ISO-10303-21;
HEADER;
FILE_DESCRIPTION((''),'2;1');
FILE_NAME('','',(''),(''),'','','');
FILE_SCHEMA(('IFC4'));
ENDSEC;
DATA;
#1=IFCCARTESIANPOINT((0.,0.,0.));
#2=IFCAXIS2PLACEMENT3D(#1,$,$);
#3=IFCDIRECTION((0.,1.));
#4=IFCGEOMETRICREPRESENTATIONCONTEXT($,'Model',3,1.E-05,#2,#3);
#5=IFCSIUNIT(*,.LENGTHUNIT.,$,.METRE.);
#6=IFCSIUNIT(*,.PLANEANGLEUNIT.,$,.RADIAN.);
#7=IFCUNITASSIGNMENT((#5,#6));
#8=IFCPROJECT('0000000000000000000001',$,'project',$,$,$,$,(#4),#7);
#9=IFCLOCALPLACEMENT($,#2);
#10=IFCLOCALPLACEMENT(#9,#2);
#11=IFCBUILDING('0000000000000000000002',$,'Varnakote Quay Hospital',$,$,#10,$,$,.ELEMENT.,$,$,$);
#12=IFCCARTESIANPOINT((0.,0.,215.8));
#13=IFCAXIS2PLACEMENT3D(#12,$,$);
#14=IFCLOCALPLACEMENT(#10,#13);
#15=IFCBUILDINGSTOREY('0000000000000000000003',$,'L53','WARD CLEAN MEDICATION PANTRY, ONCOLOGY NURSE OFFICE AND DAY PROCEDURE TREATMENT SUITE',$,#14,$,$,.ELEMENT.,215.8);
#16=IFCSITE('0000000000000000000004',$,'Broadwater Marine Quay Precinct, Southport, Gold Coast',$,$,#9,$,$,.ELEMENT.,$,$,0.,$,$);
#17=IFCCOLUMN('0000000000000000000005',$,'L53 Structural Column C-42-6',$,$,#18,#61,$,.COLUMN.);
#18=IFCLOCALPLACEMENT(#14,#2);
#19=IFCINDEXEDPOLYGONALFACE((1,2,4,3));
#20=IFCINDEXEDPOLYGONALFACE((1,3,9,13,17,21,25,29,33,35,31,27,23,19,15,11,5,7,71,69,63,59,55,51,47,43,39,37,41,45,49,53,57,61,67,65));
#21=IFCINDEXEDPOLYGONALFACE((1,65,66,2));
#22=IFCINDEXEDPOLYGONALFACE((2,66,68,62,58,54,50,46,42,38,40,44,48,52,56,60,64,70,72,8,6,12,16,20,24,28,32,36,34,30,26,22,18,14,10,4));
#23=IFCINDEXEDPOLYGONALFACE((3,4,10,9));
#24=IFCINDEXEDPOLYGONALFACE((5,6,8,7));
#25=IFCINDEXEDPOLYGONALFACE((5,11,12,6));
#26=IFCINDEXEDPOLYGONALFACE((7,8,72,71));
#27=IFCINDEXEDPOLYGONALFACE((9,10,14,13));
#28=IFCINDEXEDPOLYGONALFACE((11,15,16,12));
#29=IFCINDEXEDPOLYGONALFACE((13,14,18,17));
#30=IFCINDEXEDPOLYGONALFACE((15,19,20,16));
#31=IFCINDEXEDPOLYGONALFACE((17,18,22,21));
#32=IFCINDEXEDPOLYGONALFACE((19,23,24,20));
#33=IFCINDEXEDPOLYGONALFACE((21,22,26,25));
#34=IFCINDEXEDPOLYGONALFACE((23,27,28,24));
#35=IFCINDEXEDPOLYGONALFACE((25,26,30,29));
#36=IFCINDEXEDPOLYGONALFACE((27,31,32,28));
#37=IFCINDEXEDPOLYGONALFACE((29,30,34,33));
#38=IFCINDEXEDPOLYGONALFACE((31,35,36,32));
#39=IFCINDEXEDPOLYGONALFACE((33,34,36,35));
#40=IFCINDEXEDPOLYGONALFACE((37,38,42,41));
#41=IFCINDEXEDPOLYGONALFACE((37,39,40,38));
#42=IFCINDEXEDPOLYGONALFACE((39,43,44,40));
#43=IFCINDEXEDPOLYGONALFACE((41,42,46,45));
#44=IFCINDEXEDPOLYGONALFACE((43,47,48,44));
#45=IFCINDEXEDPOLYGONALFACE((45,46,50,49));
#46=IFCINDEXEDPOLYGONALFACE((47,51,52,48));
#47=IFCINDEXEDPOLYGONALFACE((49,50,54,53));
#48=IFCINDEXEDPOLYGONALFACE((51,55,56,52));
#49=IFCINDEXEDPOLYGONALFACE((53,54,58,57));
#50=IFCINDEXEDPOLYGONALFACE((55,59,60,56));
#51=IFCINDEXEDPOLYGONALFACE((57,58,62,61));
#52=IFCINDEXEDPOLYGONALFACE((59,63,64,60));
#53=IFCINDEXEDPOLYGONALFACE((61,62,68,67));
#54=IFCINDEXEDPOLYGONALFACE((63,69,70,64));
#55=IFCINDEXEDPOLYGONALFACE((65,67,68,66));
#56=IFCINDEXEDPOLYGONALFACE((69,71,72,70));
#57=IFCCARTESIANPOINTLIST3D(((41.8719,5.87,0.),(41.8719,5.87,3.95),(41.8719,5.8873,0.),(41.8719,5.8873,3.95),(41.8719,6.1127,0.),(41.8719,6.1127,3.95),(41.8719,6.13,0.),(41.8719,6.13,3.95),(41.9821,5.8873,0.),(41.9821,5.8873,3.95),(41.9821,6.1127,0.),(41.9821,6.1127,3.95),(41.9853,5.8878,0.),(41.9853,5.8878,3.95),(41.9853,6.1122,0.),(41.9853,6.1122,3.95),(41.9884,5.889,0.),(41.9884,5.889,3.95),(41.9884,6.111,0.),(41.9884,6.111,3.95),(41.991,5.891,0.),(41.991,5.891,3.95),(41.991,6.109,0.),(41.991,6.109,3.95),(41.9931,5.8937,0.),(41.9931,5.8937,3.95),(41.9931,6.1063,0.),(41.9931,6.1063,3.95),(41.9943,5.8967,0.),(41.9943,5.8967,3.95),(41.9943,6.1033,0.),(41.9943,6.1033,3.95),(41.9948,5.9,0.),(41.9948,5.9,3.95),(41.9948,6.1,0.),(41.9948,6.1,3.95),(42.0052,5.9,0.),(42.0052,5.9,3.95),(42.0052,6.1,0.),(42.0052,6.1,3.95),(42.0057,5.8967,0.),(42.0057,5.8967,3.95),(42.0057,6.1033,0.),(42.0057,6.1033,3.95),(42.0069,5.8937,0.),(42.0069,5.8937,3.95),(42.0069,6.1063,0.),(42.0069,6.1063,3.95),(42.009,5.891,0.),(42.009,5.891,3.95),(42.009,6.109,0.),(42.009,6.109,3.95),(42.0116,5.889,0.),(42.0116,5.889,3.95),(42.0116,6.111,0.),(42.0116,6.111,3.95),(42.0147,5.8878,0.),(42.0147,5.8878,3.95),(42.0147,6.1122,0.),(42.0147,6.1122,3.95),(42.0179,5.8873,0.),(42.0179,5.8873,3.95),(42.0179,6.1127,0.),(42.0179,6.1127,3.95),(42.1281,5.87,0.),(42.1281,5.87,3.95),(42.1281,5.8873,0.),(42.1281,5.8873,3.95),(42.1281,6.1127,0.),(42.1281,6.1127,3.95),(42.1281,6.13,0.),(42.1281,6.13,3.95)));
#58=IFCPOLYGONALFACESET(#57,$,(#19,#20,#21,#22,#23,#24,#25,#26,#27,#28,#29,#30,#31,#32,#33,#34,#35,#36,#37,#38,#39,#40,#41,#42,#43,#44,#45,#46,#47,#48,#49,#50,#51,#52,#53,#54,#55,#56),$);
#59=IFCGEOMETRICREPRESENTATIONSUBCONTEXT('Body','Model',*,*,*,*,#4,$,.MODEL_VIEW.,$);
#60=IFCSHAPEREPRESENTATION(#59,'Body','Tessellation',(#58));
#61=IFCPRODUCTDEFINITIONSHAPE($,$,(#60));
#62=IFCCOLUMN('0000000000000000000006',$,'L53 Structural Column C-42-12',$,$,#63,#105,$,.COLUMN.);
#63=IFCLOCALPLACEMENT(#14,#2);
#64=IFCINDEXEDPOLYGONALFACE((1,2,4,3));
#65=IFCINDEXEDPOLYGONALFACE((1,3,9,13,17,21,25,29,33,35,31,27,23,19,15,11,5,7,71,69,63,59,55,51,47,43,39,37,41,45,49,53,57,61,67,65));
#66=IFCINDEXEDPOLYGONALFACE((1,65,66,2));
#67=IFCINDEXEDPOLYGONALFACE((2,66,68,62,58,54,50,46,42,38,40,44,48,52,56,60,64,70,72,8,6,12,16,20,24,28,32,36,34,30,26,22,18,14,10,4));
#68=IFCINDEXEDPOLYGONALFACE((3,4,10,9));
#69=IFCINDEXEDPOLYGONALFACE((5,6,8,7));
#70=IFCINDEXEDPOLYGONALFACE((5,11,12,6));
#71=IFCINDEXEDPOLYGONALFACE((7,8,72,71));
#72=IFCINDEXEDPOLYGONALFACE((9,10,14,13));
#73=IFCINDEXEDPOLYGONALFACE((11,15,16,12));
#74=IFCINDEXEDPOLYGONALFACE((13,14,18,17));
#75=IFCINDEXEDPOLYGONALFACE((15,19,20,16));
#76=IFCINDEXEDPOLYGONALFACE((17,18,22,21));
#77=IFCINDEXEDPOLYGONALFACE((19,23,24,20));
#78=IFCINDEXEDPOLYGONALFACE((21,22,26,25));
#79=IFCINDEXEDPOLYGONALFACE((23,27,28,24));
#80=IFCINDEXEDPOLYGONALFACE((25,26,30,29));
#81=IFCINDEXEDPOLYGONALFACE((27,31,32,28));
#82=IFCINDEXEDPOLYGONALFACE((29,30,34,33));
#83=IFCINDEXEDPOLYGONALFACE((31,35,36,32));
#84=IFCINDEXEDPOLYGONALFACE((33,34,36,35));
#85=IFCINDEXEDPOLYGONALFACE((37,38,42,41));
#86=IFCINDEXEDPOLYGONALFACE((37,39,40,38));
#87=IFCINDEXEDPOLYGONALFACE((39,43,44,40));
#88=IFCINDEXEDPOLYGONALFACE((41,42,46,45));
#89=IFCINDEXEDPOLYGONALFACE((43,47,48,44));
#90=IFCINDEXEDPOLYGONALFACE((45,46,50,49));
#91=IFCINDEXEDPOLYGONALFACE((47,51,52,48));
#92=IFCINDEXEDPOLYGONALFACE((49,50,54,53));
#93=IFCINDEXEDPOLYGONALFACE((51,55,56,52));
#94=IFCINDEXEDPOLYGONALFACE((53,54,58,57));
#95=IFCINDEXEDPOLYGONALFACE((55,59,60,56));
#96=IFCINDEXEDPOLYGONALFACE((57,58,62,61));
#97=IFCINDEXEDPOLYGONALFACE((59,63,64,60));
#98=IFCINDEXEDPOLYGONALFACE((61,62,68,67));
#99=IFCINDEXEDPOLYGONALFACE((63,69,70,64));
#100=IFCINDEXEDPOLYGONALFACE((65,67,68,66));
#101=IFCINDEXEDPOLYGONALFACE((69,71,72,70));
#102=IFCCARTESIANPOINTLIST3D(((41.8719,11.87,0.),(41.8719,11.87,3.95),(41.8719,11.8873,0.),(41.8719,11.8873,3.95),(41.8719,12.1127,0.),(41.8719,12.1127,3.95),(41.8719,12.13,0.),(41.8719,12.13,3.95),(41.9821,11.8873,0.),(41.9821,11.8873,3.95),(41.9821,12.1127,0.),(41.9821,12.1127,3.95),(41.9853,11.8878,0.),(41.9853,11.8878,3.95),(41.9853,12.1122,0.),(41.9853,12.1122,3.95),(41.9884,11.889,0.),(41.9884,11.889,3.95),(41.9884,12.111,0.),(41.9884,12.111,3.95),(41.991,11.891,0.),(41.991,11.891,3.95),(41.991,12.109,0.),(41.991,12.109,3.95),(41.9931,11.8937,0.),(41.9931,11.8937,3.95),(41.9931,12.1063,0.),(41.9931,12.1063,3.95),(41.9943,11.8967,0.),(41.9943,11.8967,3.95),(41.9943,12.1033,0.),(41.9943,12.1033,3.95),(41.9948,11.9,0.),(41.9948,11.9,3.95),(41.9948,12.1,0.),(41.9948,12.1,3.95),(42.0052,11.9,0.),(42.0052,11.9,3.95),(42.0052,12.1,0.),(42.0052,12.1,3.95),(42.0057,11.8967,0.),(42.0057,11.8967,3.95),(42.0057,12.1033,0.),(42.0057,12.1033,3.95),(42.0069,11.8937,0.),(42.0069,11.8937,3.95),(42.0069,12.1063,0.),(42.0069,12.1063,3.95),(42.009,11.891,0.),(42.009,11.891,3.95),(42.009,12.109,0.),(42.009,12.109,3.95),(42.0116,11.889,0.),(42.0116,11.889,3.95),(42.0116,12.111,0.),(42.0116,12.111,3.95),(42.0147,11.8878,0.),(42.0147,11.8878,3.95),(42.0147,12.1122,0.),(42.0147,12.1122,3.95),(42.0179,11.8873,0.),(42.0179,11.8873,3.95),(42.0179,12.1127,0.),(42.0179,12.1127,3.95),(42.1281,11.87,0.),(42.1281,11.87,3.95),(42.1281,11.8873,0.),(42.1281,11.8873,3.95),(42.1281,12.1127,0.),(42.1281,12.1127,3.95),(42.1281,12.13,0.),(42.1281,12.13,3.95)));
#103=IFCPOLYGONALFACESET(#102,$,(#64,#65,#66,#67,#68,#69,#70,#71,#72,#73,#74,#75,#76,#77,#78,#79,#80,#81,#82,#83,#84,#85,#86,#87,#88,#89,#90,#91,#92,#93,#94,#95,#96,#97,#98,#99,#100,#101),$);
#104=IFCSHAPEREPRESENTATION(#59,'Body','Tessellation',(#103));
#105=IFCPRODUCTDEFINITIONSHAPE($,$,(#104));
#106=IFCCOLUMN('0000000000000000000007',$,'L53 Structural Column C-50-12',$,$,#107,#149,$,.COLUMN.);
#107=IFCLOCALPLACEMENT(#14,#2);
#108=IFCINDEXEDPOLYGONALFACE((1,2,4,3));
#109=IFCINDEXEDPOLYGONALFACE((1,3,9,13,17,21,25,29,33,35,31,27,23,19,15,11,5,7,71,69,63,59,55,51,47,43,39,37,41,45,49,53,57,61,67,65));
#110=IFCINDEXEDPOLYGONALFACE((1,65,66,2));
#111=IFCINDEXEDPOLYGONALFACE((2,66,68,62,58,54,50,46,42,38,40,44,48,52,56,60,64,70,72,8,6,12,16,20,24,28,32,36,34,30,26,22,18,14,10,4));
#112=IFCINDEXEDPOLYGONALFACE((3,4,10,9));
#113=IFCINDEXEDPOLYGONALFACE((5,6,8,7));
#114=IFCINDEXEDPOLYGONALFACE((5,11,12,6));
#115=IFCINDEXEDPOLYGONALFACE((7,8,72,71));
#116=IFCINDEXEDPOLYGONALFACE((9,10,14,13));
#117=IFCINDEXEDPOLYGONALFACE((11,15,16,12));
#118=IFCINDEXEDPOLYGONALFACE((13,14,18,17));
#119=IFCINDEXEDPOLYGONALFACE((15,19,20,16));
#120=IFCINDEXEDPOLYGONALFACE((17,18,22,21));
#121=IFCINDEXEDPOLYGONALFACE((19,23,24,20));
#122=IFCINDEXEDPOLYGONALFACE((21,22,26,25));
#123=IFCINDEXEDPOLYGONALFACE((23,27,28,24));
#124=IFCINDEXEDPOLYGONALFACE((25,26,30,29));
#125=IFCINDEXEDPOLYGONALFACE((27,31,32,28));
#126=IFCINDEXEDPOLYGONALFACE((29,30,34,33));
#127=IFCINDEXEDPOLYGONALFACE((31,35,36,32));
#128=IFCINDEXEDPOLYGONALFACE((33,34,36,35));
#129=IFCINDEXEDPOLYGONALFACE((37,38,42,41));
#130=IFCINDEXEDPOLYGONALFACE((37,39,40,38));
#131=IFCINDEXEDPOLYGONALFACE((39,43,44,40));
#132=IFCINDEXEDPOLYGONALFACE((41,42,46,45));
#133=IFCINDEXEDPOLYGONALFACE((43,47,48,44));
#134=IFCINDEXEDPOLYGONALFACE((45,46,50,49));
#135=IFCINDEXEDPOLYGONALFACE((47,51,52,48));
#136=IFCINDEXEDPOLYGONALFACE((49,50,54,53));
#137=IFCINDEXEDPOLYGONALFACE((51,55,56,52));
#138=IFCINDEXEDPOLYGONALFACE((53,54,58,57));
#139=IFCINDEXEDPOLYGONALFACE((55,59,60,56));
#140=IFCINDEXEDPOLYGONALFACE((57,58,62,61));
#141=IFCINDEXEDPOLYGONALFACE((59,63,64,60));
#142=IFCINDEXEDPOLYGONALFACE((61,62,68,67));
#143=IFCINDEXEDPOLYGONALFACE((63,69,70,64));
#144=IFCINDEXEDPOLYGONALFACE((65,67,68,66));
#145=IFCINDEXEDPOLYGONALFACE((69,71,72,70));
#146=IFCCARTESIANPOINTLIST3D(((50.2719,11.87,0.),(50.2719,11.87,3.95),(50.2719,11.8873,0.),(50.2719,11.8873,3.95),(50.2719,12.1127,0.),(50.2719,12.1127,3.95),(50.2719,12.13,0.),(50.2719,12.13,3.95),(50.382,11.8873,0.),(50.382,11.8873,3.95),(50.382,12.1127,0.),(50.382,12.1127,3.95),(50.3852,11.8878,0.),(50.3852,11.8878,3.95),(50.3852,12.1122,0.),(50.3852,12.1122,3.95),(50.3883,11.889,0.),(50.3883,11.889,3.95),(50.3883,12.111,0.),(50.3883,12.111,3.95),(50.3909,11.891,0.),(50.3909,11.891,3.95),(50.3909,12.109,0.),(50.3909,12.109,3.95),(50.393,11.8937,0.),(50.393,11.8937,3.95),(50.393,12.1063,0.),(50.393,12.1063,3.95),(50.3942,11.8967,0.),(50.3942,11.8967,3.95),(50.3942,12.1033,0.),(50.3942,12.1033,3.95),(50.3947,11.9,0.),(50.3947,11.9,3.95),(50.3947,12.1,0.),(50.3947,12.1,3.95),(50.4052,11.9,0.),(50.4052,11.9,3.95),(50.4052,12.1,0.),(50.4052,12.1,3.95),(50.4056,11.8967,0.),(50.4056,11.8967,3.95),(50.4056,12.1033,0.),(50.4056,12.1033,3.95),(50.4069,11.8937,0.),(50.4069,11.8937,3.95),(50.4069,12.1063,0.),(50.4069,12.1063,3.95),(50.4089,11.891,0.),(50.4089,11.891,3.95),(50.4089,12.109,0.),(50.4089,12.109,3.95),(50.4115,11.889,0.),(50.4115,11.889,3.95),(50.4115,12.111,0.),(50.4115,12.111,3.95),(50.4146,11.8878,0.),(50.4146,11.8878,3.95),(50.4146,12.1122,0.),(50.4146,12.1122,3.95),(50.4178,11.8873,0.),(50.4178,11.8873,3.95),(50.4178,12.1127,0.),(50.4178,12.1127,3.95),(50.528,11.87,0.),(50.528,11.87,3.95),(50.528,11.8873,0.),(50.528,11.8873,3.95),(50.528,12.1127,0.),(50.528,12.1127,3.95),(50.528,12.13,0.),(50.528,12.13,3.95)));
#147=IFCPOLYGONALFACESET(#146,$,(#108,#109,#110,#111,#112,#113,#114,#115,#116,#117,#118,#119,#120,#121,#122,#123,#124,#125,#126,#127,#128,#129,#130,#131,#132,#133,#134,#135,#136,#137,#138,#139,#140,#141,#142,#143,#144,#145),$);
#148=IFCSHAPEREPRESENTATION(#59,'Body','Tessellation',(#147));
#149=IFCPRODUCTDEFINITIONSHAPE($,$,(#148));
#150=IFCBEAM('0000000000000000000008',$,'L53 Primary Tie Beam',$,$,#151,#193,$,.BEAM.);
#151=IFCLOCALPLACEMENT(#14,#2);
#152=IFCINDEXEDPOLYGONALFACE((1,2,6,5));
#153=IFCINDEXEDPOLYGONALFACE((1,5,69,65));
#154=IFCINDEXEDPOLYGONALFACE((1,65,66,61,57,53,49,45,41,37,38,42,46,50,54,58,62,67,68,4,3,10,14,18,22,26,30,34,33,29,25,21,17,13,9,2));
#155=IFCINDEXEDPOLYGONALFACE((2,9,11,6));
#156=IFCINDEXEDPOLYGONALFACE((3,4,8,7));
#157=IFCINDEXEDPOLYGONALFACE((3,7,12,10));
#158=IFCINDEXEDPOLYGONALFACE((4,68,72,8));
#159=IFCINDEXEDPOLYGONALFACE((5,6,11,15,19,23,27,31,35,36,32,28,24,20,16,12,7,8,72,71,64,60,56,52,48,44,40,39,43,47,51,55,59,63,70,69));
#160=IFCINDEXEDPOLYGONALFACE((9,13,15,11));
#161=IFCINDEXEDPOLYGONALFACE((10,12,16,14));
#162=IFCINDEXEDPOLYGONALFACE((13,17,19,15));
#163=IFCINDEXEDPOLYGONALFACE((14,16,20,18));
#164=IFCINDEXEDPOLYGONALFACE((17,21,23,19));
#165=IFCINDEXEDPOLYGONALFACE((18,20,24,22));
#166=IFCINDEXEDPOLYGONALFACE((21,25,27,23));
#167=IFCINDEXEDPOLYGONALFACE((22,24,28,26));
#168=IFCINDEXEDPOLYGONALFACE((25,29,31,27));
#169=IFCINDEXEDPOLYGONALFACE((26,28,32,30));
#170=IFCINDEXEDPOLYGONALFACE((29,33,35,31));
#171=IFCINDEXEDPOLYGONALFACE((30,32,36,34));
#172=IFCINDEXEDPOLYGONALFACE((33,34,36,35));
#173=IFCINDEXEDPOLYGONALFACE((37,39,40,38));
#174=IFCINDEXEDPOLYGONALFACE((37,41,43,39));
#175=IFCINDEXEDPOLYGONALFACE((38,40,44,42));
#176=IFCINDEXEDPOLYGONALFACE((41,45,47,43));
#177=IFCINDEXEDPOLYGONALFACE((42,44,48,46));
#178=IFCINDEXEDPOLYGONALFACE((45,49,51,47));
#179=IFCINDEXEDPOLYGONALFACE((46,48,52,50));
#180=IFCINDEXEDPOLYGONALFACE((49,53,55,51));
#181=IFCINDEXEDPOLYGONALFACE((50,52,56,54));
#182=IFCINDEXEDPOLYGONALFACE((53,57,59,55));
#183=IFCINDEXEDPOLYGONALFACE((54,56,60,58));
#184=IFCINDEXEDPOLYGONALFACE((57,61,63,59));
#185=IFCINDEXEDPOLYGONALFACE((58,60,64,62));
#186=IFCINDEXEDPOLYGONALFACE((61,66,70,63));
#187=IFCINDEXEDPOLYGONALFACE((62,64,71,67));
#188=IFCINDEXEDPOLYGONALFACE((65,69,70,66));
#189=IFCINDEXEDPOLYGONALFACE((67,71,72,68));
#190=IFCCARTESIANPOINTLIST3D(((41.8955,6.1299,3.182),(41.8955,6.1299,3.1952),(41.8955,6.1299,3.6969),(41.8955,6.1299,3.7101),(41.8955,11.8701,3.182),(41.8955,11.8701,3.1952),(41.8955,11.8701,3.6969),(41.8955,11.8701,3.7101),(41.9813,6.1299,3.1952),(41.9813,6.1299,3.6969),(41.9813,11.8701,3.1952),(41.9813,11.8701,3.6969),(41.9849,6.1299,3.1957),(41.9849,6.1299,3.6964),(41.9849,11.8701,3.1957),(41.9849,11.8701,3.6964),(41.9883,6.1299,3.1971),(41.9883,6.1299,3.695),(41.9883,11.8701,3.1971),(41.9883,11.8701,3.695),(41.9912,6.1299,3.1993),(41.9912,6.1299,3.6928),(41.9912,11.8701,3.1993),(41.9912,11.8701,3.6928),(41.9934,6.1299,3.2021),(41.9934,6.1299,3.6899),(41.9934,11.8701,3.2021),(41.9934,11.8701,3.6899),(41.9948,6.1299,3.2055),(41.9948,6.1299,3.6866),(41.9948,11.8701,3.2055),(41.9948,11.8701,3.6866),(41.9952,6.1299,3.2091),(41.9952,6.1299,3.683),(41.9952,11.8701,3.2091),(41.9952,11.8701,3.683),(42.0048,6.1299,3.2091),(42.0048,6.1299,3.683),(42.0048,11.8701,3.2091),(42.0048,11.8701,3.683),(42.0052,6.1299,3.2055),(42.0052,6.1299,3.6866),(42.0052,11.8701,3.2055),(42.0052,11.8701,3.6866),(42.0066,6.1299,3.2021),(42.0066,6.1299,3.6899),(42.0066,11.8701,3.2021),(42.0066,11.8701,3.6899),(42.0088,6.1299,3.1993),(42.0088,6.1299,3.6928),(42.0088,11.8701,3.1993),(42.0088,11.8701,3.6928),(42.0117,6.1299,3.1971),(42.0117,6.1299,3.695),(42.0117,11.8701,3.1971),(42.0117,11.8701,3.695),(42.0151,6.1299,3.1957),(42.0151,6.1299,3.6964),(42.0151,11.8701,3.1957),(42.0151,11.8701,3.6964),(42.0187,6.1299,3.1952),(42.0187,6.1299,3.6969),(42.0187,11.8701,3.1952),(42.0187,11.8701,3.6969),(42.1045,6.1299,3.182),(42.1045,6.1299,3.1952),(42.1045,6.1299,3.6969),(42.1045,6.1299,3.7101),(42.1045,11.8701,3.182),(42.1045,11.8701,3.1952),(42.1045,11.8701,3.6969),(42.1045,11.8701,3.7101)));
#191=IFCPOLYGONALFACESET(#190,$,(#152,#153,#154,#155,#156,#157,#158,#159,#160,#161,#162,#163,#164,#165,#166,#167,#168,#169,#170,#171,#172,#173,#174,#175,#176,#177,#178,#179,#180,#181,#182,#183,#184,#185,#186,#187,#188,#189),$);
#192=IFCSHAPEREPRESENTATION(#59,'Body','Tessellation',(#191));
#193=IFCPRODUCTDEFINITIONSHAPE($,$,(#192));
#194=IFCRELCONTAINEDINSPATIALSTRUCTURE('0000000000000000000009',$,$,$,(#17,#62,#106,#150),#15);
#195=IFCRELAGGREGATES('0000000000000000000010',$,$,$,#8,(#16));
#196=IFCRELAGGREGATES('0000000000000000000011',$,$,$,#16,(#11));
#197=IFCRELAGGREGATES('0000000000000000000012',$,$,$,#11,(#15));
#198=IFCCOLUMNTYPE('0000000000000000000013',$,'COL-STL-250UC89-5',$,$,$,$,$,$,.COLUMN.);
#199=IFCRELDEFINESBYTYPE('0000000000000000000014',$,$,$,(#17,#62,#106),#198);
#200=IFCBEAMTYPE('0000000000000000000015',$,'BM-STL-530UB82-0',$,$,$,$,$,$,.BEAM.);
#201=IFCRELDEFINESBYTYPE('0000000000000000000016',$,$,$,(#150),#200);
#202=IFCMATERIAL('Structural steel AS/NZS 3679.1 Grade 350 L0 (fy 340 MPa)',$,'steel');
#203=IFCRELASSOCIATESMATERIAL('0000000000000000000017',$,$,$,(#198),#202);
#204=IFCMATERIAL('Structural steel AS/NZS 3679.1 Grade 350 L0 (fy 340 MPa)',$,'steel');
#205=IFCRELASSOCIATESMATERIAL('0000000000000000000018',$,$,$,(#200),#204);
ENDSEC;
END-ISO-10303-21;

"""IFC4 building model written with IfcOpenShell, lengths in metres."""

from ifc_helpers import new_model, si_unit, direction, frame, origin, origin_2d, place, context, subcontext, project, spatial, i_section, extrude, material, material_profile, profile_set, type_object, element, save


model = new_model("IFC4")

# Units and contexts
model_context = context("Model", 3, precision=1e-05, world=origin(), true_north=direction((0.0, 1.0)))
body_context = subcontext(model_context, "Body", "Model", "MODEL_VIEW")
ifc_project = project(units=[si_unit("LENGTHUNIT", "METRE"), si_unit("PLANEANGLEUNIT", "RADIAN")], contexts=[model_context])

# Site, building, storey
site_placement = place(None, origin())
site = spatial("IfcSite", under=ifc_project, at=site_placement, Name="Broadwater Marine Quay Precinct, Southport, Gold Coast", CompositionType="ELEMENT", RefElevation=0.0)
building_placement = place(site_placement, origin())
building = spatial("IfcBuilding", under=site, at=building_placement, Name="Varnakote Quay Hospital", CompositionType="ELEMENT")
storey_placement = place(building_placement, frame((0.0, 0.0, 215.8)))
storey = spatial("IfcBuildingStorey", under=building, at=storey_placement, Name="L53", Description="WARD CLEAN MEDICATION PANTRY, ONCOLOGY NURSE OFFICE AND DAY PROCEDURE TREATMENT SUITE", CompositionType="ELEMENT", Elevation=215.8)

# Columns
ifc_material_1 = material(Name="Structural steel AS/NZS 3679.1 Grade 350 L0 (fy 340 MPa)", Category="steel")
ifc_material_profile_1 = material_profile(ifc_material_1, i_section(OverallWidth=0.2561, OverallDepth=0.26, WebThickness=0.0105, FlangeThickness=0.0173, FilletRadius=0.0127, at=origin_2d()), Name="250UC89.5")
ifc_profile_set_1 = profile_set([ifc_material_profile_1], Name="Structural steel AS/NZS 3679.1 Grade 350 L0 (fy 340 MPa)")
column_type = type_object("IfcColumnType", Name="COL-STL-250UC89-5", PredefinedType="COLUMN", material=ifc_profile_set_1)
for number, where, z_axis, x_axis, name in (
    (1, (42.0, 6.0, 0.0), (0.0, 0.0, 1.0), (1.0, 0.0, 0.0), "L53 Structural Column C-42-6"),
    (2, (42.0, 12.0, 0.0), (0.0, 0.0, 1.0), (1.0, 0.0, 0.0), "L53 Structural Column C-42-12"),
    (3, (50.3999, 12.0, 0.0), (0.0, 0.0, 1.0), (1.0, 0.0, 0.0), "L53 Structural Column C-50-12"),
):
    element("IfcColumn", number, at=place(storey_placement, frame(where, z_axis=z_axis, x_axis=x_axis)), inside=storey, type_object=column_type, Name=name, PredefinedType="COLUMN", context=body_context, shape_type="SweptSolid", body=[
        extrude(i_section(OverallWidth=0.2561, OverallDepth=0.26, WebThickness=0.0105, FlangeThickness=0.0173, FilletRadius=0.0127, at=origin_2d()), origin(), (0.0, 0.0, 1.0), 3.95),
    ])

# Beam
ifc_material_2 = material(Name="Structural steel AS/NZS 3679.1 Grade 350 L0 (fy 340 MPa)", Category="steel")
ifc_material_profile_2 = material_profile(ifc_material_2, i_section(OverallWidth=0.209, OverallDepth=0.5281, WebThickness=0.0095, FlangeThickness=0.0132, FilletRadius=0.0139, at=origin_2d()), Name="530UB82.0")
ifc_profile_set_2 = profile_set([ifc_material_profile_2], Name="Structural steel AS/NZS 3679.1 Grade 350 L0 (fy 340 MPa)")
beam_type_1 = type_object("IfcBeamType", Name="BM-STL-530UB82-0", PredefinedType="BEAM", material=ifc_profile_set_2)
beam_1_placement = place(storey_placement, frame((42.0, 6.1299, 3.446), z_axis=(0.0, 1.0, 0.0), x_axis=(-1.0, 0.0, 0.0)))
element("IfcBeam", 4, at=beam_1_placement, inside=storey, type_object=beam_type_1, Name="L53 Primary Tie Beam", PredefinedType="BEAM", context=body_context, shape_type="SweptSolid", body=[
    extrude(i_section(OverallWidth=0.209, OverallDepth=0.5281, WebThickness=0.0095, FlangeThickness=0.0132, FilletRadius=0.0139, at=origin_2d()), origin(), (0.0, 0.0, 1.0), 5.7402),
])

save(model, "model.ifc")
